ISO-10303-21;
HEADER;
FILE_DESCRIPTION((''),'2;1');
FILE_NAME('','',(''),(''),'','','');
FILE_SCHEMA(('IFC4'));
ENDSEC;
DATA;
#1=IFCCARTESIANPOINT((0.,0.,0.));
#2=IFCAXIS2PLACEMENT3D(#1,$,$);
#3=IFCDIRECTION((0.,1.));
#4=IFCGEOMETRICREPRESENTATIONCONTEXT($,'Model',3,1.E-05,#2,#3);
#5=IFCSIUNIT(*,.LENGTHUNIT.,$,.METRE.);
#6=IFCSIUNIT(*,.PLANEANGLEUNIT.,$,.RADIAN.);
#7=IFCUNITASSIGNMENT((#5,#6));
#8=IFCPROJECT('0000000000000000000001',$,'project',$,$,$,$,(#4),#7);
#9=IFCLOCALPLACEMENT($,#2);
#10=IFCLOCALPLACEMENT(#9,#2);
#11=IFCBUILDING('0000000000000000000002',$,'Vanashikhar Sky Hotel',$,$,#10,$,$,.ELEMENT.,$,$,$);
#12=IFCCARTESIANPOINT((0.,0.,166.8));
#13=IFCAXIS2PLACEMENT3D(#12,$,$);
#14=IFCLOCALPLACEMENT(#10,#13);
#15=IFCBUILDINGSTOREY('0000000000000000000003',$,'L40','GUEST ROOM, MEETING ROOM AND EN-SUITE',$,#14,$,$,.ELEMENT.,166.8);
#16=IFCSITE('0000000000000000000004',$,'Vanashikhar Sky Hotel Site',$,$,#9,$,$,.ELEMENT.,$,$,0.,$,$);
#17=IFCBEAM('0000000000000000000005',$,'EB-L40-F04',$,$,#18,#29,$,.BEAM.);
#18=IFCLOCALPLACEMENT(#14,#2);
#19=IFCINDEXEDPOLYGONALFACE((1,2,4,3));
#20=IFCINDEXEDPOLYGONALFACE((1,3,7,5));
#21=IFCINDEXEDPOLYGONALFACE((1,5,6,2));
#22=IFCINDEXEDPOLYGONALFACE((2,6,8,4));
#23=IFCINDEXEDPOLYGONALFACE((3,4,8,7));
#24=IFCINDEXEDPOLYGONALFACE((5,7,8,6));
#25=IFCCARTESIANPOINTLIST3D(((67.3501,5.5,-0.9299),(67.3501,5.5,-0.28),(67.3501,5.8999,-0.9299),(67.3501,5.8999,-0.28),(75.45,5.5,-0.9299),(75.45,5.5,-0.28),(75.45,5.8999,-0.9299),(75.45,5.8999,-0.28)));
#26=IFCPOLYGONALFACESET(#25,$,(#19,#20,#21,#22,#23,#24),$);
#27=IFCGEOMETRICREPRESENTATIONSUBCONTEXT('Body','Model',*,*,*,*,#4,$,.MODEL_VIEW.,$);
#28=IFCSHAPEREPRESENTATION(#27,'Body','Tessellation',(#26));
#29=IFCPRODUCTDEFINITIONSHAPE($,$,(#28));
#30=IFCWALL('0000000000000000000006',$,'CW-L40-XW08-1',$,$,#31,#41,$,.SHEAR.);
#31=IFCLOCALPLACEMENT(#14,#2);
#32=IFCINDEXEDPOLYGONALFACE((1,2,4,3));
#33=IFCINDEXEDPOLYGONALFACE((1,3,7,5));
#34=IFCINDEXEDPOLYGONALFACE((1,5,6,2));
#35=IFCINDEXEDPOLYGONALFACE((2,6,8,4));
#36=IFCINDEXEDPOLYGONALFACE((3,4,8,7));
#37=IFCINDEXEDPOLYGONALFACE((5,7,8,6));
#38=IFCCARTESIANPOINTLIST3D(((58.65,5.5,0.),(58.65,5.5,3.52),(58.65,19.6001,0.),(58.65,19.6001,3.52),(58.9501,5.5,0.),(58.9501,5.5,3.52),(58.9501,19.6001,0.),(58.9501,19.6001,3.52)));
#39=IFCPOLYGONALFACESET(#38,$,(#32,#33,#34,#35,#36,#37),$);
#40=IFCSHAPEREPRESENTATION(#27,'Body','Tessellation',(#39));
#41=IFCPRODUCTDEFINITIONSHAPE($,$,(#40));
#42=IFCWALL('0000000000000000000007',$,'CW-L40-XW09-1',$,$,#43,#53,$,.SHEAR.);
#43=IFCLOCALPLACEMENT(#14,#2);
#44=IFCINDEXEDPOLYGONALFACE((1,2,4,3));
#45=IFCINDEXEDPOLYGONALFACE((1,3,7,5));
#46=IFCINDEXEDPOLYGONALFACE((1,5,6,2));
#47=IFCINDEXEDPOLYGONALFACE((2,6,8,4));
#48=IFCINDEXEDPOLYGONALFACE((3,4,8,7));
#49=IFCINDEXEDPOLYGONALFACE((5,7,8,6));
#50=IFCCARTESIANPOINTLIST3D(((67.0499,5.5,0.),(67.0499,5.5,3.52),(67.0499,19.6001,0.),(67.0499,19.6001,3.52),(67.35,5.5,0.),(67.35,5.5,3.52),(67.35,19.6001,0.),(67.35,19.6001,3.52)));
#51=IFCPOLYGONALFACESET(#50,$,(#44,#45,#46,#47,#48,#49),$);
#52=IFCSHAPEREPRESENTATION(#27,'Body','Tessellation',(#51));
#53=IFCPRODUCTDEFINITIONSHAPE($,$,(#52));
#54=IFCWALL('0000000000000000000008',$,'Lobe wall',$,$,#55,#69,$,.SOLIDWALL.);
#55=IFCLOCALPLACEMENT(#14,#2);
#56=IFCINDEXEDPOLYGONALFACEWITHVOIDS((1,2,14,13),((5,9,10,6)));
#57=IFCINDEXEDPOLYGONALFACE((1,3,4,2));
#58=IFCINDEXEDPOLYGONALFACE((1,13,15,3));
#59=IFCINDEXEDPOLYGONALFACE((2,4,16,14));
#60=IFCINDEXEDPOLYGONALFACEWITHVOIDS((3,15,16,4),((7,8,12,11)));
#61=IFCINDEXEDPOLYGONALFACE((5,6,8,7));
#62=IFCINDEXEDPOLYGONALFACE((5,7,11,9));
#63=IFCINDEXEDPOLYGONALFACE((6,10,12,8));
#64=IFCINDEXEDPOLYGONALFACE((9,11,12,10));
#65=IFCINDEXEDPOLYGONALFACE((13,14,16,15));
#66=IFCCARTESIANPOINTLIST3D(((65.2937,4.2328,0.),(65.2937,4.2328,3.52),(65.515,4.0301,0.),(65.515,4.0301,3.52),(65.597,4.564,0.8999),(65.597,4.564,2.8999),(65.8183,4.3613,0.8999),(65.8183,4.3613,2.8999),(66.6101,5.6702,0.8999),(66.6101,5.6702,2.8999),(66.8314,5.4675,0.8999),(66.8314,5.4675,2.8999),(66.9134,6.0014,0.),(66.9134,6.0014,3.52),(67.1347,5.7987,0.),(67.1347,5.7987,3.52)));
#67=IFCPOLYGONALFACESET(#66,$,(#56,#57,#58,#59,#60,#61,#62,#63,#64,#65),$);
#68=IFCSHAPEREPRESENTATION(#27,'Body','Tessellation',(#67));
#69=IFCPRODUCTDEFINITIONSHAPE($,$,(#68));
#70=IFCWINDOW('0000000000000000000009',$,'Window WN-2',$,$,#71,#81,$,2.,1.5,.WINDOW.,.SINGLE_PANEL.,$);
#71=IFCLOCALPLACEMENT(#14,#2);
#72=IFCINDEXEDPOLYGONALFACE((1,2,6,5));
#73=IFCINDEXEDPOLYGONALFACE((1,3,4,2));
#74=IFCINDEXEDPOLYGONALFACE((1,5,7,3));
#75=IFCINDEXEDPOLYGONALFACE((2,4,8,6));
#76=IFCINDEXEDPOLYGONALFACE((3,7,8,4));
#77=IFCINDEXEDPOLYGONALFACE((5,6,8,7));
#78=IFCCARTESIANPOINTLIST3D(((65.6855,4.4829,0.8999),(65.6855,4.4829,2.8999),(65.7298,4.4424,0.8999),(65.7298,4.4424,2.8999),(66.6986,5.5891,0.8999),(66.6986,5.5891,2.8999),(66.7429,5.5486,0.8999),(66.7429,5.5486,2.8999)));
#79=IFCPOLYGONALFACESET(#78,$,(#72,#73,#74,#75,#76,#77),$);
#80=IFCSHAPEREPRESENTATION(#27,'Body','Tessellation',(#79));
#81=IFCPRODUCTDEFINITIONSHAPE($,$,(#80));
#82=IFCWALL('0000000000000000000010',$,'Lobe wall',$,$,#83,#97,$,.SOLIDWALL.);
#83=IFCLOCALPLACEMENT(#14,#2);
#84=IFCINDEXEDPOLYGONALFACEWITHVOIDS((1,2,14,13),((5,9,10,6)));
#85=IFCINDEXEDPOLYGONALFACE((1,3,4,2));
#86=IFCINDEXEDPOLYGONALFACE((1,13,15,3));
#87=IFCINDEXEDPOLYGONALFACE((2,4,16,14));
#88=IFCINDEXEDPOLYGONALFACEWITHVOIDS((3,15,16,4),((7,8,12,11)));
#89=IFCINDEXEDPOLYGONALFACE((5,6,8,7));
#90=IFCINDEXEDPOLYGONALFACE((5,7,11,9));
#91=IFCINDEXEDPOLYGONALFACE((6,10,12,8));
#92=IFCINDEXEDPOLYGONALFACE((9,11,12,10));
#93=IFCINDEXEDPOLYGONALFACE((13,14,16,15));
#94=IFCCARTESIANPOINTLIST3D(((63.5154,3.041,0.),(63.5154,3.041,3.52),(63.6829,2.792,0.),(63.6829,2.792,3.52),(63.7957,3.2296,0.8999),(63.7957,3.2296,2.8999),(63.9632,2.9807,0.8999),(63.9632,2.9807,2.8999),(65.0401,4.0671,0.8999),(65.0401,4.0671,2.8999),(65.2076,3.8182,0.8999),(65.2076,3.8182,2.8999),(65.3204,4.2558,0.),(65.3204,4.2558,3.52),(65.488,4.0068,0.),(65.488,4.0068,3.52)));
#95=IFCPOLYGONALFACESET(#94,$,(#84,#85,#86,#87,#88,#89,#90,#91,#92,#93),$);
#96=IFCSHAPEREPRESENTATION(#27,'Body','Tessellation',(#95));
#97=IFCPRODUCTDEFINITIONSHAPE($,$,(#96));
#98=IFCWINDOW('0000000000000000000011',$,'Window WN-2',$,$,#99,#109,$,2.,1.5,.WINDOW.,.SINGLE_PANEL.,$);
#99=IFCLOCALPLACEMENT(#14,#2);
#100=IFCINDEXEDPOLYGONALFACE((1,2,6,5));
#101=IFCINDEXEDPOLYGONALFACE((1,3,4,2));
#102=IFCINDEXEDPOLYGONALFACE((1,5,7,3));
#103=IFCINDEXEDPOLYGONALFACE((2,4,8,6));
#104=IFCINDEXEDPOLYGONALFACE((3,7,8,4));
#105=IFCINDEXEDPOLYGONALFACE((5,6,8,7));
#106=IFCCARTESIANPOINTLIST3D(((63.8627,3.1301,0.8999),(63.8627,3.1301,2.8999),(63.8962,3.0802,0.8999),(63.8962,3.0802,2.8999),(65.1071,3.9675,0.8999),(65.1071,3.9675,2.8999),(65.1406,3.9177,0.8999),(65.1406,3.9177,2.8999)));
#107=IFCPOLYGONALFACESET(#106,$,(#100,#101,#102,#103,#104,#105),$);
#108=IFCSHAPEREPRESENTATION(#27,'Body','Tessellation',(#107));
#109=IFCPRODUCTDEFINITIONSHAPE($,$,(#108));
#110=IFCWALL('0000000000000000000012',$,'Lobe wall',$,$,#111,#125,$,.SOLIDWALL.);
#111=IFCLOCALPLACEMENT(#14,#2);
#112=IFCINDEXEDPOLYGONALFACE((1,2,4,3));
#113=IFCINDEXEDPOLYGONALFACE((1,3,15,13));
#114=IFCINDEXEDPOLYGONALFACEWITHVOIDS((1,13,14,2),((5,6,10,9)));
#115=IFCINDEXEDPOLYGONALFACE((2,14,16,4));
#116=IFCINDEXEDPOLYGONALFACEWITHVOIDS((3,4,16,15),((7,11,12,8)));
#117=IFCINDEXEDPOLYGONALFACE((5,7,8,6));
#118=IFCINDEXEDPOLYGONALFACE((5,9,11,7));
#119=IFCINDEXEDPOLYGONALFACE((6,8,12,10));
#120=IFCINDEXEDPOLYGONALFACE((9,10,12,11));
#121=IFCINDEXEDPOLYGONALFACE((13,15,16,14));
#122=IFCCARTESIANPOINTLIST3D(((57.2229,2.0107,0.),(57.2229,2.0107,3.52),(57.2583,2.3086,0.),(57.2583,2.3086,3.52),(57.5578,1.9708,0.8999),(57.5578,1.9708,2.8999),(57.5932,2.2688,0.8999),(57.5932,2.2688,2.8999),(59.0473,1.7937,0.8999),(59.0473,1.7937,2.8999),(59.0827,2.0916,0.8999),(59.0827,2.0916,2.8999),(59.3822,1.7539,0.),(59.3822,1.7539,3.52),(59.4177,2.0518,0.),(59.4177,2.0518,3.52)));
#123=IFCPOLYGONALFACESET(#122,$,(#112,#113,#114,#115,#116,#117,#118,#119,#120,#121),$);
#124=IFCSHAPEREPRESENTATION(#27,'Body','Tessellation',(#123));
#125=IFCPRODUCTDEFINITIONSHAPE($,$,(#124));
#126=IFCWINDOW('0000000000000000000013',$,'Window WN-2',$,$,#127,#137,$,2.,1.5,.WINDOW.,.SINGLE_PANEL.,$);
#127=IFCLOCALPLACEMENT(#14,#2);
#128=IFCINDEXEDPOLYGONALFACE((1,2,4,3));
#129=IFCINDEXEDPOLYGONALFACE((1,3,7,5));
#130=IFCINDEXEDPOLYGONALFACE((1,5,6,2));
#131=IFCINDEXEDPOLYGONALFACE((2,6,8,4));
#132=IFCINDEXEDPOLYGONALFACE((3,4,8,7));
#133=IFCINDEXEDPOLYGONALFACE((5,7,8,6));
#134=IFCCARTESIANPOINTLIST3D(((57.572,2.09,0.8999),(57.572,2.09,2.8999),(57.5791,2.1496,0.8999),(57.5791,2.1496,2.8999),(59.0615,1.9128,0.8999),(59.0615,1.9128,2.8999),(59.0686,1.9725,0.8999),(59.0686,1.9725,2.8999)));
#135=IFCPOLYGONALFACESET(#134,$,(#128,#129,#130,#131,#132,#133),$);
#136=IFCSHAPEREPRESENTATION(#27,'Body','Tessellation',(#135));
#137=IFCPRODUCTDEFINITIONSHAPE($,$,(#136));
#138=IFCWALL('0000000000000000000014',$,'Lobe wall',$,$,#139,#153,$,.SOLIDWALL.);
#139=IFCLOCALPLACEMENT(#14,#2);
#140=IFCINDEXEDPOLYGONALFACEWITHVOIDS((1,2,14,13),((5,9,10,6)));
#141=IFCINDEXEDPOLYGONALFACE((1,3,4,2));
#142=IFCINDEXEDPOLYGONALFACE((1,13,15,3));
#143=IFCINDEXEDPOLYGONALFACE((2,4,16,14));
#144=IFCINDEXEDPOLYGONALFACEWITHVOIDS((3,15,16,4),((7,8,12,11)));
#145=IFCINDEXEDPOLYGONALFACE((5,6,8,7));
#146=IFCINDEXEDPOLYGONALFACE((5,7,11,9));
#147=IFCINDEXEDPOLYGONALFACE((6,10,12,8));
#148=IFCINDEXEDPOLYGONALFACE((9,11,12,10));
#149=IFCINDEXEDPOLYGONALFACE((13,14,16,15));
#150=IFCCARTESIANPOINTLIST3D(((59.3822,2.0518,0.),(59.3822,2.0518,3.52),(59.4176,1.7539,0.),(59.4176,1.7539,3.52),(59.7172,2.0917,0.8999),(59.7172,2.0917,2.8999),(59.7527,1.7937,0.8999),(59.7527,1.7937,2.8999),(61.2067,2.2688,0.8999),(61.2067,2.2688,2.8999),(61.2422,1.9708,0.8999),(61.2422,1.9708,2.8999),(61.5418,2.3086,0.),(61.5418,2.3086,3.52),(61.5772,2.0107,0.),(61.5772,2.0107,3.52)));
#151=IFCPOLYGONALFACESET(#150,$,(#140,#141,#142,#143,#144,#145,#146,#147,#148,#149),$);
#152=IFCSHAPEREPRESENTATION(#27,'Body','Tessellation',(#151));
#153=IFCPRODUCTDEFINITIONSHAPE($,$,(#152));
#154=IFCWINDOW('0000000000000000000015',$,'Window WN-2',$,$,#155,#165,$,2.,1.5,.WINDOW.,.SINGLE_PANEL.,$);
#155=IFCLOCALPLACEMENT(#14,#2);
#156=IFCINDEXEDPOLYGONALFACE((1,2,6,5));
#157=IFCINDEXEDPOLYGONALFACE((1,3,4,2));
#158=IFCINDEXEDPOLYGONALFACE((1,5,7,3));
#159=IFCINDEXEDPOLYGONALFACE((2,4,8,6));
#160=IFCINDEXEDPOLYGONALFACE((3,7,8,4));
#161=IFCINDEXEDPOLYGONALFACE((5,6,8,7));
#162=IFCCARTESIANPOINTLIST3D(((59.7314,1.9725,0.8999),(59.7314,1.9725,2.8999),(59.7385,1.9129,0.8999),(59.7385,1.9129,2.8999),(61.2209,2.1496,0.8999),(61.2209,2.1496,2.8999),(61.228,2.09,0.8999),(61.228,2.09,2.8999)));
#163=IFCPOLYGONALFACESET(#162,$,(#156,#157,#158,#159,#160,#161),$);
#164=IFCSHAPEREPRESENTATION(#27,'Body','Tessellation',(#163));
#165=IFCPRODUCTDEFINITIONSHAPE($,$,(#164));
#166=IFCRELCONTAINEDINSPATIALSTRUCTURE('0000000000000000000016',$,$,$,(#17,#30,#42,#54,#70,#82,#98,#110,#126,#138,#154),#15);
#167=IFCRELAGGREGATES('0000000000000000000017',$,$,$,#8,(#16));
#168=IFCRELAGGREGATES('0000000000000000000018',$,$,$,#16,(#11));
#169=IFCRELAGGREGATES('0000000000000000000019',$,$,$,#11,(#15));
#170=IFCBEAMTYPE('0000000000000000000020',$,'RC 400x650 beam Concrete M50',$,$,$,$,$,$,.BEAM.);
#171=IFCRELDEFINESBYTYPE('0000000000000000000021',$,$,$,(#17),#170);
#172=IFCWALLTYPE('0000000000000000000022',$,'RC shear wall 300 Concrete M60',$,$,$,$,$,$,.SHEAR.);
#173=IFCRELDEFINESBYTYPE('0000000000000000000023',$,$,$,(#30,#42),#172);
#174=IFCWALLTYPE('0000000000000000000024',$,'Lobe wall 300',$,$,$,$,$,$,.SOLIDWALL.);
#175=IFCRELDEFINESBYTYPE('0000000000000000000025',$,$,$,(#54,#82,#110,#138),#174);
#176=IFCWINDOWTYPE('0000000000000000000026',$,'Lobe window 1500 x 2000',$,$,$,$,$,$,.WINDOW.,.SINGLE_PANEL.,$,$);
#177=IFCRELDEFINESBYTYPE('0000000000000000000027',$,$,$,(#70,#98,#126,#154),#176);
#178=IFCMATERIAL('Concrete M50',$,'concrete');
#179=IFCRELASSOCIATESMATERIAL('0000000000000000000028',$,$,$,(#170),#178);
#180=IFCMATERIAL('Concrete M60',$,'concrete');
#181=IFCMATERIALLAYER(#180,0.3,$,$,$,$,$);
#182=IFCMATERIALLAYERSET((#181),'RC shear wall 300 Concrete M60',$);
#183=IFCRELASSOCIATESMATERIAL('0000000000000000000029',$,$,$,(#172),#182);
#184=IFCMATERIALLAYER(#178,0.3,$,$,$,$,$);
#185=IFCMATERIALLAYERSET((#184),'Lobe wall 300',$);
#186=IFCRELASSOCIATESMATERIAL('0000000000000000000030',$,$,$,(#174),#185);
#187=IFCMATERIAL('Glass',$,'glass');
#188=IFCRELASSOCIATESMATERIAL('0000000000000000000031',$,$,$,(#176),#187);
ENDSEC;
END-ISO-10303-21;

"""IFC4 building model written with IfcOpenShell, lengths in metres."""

from ifc_helpers import new_model, si_unit, direction, frame, frame_2d, origin, origin_2d, place, context, subcontext, project, spatial, rectangle, extrude, source, transform, mapped, material, layer, layer_set, material_profile, profile_set, type_object, element, fill, save


model = new_model("IFC4")

# Units and contexts
model_context = context("Model", 3, precision=1e-05, world=origin(), true_north=direction((0.0, 1.0)))
body_context = subcontext(model_context, "Body", "Model", "MODEL_VIEW")
ifc_project = project(units=[si_unit("LENGTHUNIT", "METRE"), si_unit("PLANEANGLEUNIT", "RADIAN")], contexts=[model_context])

# Site, building, storey
site_placement = place(None, origin())
site = spatial("IfcSite", under=ifc_project, at=site_placement, Name="Vanashikhar Sky Hotel Site", CompositionType="ELEMENT", RefElevation=0.0)
building_placement = place(site_placement, origin())
building = spatial("IfcBuilding", under=site, at=building_placement, Name="Vanashikhar Sky Hotel", CompositionType="ELEMENT")
storey_placement = place(building_placement, frame((0.0, 0.0, 166.8)))
storey = spatial("IfcBuildingStorey", under=building, at=storey_placement, Name="L40", Description="GUEST ROOM, MEETING ROOM AND EN-SUITE", CompositionType="ELEMENT", Elevation=166.8)

# Beam
ifc_material_1 = material(Name="Concrete M50", Category="concrete")
ifc_material_profile_1 = material_profile(ifc_material_1, rectangle(XDim=0.3999, YDim=0.6499, at=origin_2d()))
ifc_profile_set_1 = profile_set([ifc_material_profile_1], Name="RC 400x650 beam Concrete M50")
beam_type = type_object("IfcBeamType", Name="RC 400x650 beam Concrete M50", PredefinedType="BEAM", material=ifc_profile_set_1)
shared_shape_1 = source(origin(), body_context, "Body", "SweptSolid", [
    extrude(rectangle(XDim=0.3999, YDim=0.6499, at=origin_2d()), origin(), (0.0, 0.0, 1.0), 8.0999),
])
beam_placement = place(storey_placement, frame((67.3501, 5.7, -0.605), z_axis=(1.0, 0.0, 0.0), x_axis=(0.0, 1.0, 0.0)))
element("IfcBeam", 1, at=beam_placement, inside=storey, type_object=beam_type, Name="EB-L40-F04", PredefinedType="BEAM", context=body_context, shape_type="MappedRepresentation", body=[
    mapped(shared_shape_1, transform((0.0, 0.0, 0.0), scale=1.0)),
])

# Walls
ifc_material_2 = material(Name="Concrete M60", Category="concrete")
ifc_layer_1 = layer(ifc_material_2, 0.3)
ifc_layer_set_1 = layer_set([ifc_layer_1], Name="RC shear wall 300 Concrete M60")
wall_type_1 = type_object("IfcWallType", Name="RC shear wall 300 Concrete M60", PredefinedType="SHEAR", material=ifc_layer_set_1)
shared_shape_2 = source(origin(), body_context, "Body", "SweptSolid", [
    extrude(rectangle(XDim=14.1001, YDim=0.3, at=frame_2d((7.05, 0.0))), origin(), (0.0, 0.0, 1.0), 3.52),
])
for number, where, z_axis, x_axis, name in (
    (2, (58.8, 5.5, 0.0), (0.0, 0.0, 1.0), (0.0, 1.0, 0.0), "CW-L40-XW08-1"),
    (3, (67.2, 5.5, 0.0), (0.0, 0.0, 1.0), (0.0, 1.0, 0.0), "CW-L40-XW09-1"),
):
    element("IfcWall", number, at=place(storey_placement, frame(where, z_axis=z_axis, x_axis=x_axis)), inside=storey, type_object=wall_type_1, Name=name, PredefinedType="SHEAR", context=body_context, shape_type="MappedRepresentation", body=[
        mapped(shared_shape_2, transform((0.0, 0.0, 0.0), scale=1.0)),
    ])

# Walls, openings, windows
ifc_layer_2 = layer(ifc_material_1, 0.3)
ifc_layer_set_2 = layer_set([ifc_layer_2], Name="Lobe wall 300")
wall_type_2 = type_object("IfcWallType", Name="Lobe wall 300", PredefinedType="SOLIDWALL", material=ifc_layer_set_2)
shared_shape_3 = source(origin(), body_context, "Body", "SweptSolid", [
    extrude(rectangle(XDim=2.3982, YDim=0.3, at=frame_2d((1.1992, 0.0))), origin(), (0.0, 0.0, 1.0), 3.52),
])
wall_1_placement = place(storey_placement, frame((65.4043, 4.1313, 0.0), z_axis=(0.0, 0.0, 1.0), x_axis=(0.675374, 0.737475, 0.0)))
wall_1 = element("IfcWall", 4, at=wall_1_placement, inside=storey, type_object=wall_type_2, Name="Lobe wall", PredefinedType="SOLIDWALL", context=body_context, shape_type="MappedRepresentation", body=[
    mapped(shared_shape_3, transform((0.0, 0.0, 0.0), scale=1.0)),
])
shared_shape_4 = source(origin(), body_context, "Body", "SweptSolid", [
    extrude(rectangle(XDim=1.5, YDim=2.0, at=frame_2d((0.75, 1.0))), frame((0.0, 0.1602, 0.0), z_axis=(0.0, -1.0, 0.0), x_axis=(1.0, 0.0, 0.0)), (0.0, 0.0, 1.0), 0.3201),
])
opening_1_placement = place(wall_1_placement, frame((0.4492, 0.0, 0.8999)))
opening_1 = element("IfcOpeningElement", 5, at=opening_1_placement, cuts=wall_1, PredefinedType="OPENING", context=body_context, shape_type="MappedRepresentation", body=[
    mapped(shared_shape_4, transform((0.0, 0.0, 0.0), scale=1.0)),
])
ifc_material_3 = material(Name="Glass", Category="glass")
window_type_1 = type_object("IfcWindowType", Name="Lobe window 1500 x 2000", PartitioningType="SINGLE_PANEL", PredefinedType="WINDOW", material=ifc_material_3)
shared_shape_5 = source(origin(), body_context, "Body", "SweptSolid", [
    extrude(rectangle(XDim=1.5, YDim=2.0, at=frame_2d((0.75, 1.0))), frame((0.0, 0.03, 0.0), z_axis=(0.0, -1.0, 0.0), x_axis=(1.0, 0.0, 0.0)), (0.0, 0.0, 1.0), 0.0601),
])
window_1_placement = place(opening_1_placement, origin())
window_1 = element("IfcWindow", 6, at=window_1_placement, inside=storey, type_object=window_type_1, Name="Window WN-2", OverallHeight=2.0, OverallWidth=1.5, PartitioningType="SINGLE_PANEL", PredefinedType="WINDOW", context=body_context, shape_type="MappedRepresentation", body=[
    mapped(shared_shape_5, transform((0.0, 0.0, 0.0), scale=1.0)),
])
fill(opening_1, window_1)
shared_shape_6 = source(origin(), body_context, "Body", "SweptSolid", [
    extrude(rectangle(XDim=2.1758, YDim=0.3, at=frame_2d((1.0879, 0.0))), origin(), (0.0, 0.0, 1.0), 3.52),
])
wall_2_placement = place(storey_placement, frame((63.5991, 2.9165, 0.0), z_axis=(0.0, 0.0, 1.0), x_axis=(0.829626, 0.55832, 0.0)))
wall_2 = element("IfcWall", 7, at=wall_2_placement, inside=storey, type_object=wall_type_2, Name="Lobe wall", PredefinedType="SOLIDWALL", context=body_context, shape_type="MappedRepresentation", body=[
    mapped(shared_shape_6, transform((0.0, 0.0, 0.0), scale=1.0)),
])
opening_2_placement = place(wall_2_placement, frame((0.3379, 0.0, 0.8999)))
opening_2 = element("IfcOpeningElement", 8, at=opening_2_placement, cuts=wall_2, PredefinedType="OPENING", context=body_context, shape_type="MappedRepresentation", body=[
    mapped(shared_shape_4, transform((0.0, 0.0, 0.0), scale=1.0)),
])
window_2_placement = place(opening_2_placement, origin())
window_2 = element("IfcWindow", 9, at=window_2_placement, inside=storey, type_object=window_type_1, Name="Window WN-2", OverallHeight=2.0, OverallWidth=1.5, PartitioningType="SINGLE_PANEL", PredefinedType="WINDOW", context=body_context, shape_type="MappedRepresentation", body=[
    mapped(shared_shape_5, transform((0.0, 0.0, 0.0), scale=1.0)),
])
fill(opening_2, window_2)
shared_shape_7 = source(origin(), body_context, "Body", "SweptSolid", [
    extrude(rectangle(XDim=2.1746, YDim=0.3, at=frame_2d((1.0874, 0.0))), origin(), (0.0, 0.0, 1.0), 3.52),
])
wall_3_placement = place(storey_placement, frame((57.2405, 2.1597, 0.0), z_axis=(0.0, 0.0, 1.0), x_axis=(0.993001, -0.118105, 0.0)))
wall_3 = element("IfcWall", 10, at=wall_3_placement, inside=storey, type_object=wall_type_2, Name="Lobe wall", PredefinedType="SOLIDWALL", context=body_context, shape_type="MappedRepresentation", body=[
    mapped(shared_shape_7, transform((0.0, 0.0, 0.0), scale=1.0)),
])
opening_3_placement = place(wall_3_placement, frame((0.3374, 0.0, 0.8999)))
opening_3 = element("IfcOpeningElement", 11, at=opening_3_placement, cuts=wall_3, PredefinedType="OPENING", context=body_context, shape_type="MappedRepresentation", body=[
    mapped(shared_shape_4, transform((0.0, 0.0, 0.0), scale=1.0)),
])
window_3_placement = place(opening_3_placement, origin())
window_3 = element("IfcWindow", 12, at=window_3_placement, inside=storey, type_object=window_type_1, Name="Window WN-2", OverallHeight=2.0, OverallWidth=1.5, PartitioningType="SINGLE_PANEL", PredefinedType="WINDOW", context=body_context, shape_type="MappedRepresentation", body=[
    mapped(shared_shape_5, transform((0.0, 0.0, 0.0), scale=1.0)),
])
fill(opening_3, window_3)
shared_shape_8 = source(origin(), body_context, "Body", "SweptSolid", [
    extrude(rectangle(XDim=2.1748, YDim=0.3, at=frame_2d((1.0874, 0.0))), origin(), (0.0, 0.0, 1.0), 3.52),
])
wall_4_placement = place(storey_placement, frame((59.3999, 1.9028, 0.0), z_axis=(0.0, 0.0, 1.0), x_axis=(0.993003, 0.118092, 0.0)))
wall_4 = element("IfcWall", 13, at=wall_4_placement, inside=storey, type_object=wall_type_2, Name="Lobe wall", PredefinedType="SOLIDWALL", context=body_context, shape_type="MappedRepresentation", body=[
    mapped(shared_shape_8, transform((0.0, 0.0, 0.0), scale=1.0)),
])
opening_4_placement = place(wall_4_placement, frame((0.3374, 0.0, 0.8999)))
opening_4 = element("IfcOpeningElement", 14, at=opening_4_placement, cuts=wall_4, PredefinedType="OPENING", context=body_context, shape_type="MappedRepresentation", body=[
    mapped(shared_shape_4, transform((0.0, 0.0, 0.0), scale=1.0)),
])
window_4_placement = place(opening_4_placement, origin())
window_4 = element("IfcWindow", 15, at=window_4_placement, inside=storey, type_object=window_type_1, Name="Window WN-2", OverallHeight=2.0, OverallWidth=1.5, PartitioningType="SINGLE_PANEL", PredefinedType="WINDOW", context=body_context, shape_type="MappedRepresentation", body=[
    mapped(shared_shape_5, transform((0.0, 0.0, 0.0), scale=1.0)),
])
fill(opening_4, window_4)

save(model, "model.ifc")
